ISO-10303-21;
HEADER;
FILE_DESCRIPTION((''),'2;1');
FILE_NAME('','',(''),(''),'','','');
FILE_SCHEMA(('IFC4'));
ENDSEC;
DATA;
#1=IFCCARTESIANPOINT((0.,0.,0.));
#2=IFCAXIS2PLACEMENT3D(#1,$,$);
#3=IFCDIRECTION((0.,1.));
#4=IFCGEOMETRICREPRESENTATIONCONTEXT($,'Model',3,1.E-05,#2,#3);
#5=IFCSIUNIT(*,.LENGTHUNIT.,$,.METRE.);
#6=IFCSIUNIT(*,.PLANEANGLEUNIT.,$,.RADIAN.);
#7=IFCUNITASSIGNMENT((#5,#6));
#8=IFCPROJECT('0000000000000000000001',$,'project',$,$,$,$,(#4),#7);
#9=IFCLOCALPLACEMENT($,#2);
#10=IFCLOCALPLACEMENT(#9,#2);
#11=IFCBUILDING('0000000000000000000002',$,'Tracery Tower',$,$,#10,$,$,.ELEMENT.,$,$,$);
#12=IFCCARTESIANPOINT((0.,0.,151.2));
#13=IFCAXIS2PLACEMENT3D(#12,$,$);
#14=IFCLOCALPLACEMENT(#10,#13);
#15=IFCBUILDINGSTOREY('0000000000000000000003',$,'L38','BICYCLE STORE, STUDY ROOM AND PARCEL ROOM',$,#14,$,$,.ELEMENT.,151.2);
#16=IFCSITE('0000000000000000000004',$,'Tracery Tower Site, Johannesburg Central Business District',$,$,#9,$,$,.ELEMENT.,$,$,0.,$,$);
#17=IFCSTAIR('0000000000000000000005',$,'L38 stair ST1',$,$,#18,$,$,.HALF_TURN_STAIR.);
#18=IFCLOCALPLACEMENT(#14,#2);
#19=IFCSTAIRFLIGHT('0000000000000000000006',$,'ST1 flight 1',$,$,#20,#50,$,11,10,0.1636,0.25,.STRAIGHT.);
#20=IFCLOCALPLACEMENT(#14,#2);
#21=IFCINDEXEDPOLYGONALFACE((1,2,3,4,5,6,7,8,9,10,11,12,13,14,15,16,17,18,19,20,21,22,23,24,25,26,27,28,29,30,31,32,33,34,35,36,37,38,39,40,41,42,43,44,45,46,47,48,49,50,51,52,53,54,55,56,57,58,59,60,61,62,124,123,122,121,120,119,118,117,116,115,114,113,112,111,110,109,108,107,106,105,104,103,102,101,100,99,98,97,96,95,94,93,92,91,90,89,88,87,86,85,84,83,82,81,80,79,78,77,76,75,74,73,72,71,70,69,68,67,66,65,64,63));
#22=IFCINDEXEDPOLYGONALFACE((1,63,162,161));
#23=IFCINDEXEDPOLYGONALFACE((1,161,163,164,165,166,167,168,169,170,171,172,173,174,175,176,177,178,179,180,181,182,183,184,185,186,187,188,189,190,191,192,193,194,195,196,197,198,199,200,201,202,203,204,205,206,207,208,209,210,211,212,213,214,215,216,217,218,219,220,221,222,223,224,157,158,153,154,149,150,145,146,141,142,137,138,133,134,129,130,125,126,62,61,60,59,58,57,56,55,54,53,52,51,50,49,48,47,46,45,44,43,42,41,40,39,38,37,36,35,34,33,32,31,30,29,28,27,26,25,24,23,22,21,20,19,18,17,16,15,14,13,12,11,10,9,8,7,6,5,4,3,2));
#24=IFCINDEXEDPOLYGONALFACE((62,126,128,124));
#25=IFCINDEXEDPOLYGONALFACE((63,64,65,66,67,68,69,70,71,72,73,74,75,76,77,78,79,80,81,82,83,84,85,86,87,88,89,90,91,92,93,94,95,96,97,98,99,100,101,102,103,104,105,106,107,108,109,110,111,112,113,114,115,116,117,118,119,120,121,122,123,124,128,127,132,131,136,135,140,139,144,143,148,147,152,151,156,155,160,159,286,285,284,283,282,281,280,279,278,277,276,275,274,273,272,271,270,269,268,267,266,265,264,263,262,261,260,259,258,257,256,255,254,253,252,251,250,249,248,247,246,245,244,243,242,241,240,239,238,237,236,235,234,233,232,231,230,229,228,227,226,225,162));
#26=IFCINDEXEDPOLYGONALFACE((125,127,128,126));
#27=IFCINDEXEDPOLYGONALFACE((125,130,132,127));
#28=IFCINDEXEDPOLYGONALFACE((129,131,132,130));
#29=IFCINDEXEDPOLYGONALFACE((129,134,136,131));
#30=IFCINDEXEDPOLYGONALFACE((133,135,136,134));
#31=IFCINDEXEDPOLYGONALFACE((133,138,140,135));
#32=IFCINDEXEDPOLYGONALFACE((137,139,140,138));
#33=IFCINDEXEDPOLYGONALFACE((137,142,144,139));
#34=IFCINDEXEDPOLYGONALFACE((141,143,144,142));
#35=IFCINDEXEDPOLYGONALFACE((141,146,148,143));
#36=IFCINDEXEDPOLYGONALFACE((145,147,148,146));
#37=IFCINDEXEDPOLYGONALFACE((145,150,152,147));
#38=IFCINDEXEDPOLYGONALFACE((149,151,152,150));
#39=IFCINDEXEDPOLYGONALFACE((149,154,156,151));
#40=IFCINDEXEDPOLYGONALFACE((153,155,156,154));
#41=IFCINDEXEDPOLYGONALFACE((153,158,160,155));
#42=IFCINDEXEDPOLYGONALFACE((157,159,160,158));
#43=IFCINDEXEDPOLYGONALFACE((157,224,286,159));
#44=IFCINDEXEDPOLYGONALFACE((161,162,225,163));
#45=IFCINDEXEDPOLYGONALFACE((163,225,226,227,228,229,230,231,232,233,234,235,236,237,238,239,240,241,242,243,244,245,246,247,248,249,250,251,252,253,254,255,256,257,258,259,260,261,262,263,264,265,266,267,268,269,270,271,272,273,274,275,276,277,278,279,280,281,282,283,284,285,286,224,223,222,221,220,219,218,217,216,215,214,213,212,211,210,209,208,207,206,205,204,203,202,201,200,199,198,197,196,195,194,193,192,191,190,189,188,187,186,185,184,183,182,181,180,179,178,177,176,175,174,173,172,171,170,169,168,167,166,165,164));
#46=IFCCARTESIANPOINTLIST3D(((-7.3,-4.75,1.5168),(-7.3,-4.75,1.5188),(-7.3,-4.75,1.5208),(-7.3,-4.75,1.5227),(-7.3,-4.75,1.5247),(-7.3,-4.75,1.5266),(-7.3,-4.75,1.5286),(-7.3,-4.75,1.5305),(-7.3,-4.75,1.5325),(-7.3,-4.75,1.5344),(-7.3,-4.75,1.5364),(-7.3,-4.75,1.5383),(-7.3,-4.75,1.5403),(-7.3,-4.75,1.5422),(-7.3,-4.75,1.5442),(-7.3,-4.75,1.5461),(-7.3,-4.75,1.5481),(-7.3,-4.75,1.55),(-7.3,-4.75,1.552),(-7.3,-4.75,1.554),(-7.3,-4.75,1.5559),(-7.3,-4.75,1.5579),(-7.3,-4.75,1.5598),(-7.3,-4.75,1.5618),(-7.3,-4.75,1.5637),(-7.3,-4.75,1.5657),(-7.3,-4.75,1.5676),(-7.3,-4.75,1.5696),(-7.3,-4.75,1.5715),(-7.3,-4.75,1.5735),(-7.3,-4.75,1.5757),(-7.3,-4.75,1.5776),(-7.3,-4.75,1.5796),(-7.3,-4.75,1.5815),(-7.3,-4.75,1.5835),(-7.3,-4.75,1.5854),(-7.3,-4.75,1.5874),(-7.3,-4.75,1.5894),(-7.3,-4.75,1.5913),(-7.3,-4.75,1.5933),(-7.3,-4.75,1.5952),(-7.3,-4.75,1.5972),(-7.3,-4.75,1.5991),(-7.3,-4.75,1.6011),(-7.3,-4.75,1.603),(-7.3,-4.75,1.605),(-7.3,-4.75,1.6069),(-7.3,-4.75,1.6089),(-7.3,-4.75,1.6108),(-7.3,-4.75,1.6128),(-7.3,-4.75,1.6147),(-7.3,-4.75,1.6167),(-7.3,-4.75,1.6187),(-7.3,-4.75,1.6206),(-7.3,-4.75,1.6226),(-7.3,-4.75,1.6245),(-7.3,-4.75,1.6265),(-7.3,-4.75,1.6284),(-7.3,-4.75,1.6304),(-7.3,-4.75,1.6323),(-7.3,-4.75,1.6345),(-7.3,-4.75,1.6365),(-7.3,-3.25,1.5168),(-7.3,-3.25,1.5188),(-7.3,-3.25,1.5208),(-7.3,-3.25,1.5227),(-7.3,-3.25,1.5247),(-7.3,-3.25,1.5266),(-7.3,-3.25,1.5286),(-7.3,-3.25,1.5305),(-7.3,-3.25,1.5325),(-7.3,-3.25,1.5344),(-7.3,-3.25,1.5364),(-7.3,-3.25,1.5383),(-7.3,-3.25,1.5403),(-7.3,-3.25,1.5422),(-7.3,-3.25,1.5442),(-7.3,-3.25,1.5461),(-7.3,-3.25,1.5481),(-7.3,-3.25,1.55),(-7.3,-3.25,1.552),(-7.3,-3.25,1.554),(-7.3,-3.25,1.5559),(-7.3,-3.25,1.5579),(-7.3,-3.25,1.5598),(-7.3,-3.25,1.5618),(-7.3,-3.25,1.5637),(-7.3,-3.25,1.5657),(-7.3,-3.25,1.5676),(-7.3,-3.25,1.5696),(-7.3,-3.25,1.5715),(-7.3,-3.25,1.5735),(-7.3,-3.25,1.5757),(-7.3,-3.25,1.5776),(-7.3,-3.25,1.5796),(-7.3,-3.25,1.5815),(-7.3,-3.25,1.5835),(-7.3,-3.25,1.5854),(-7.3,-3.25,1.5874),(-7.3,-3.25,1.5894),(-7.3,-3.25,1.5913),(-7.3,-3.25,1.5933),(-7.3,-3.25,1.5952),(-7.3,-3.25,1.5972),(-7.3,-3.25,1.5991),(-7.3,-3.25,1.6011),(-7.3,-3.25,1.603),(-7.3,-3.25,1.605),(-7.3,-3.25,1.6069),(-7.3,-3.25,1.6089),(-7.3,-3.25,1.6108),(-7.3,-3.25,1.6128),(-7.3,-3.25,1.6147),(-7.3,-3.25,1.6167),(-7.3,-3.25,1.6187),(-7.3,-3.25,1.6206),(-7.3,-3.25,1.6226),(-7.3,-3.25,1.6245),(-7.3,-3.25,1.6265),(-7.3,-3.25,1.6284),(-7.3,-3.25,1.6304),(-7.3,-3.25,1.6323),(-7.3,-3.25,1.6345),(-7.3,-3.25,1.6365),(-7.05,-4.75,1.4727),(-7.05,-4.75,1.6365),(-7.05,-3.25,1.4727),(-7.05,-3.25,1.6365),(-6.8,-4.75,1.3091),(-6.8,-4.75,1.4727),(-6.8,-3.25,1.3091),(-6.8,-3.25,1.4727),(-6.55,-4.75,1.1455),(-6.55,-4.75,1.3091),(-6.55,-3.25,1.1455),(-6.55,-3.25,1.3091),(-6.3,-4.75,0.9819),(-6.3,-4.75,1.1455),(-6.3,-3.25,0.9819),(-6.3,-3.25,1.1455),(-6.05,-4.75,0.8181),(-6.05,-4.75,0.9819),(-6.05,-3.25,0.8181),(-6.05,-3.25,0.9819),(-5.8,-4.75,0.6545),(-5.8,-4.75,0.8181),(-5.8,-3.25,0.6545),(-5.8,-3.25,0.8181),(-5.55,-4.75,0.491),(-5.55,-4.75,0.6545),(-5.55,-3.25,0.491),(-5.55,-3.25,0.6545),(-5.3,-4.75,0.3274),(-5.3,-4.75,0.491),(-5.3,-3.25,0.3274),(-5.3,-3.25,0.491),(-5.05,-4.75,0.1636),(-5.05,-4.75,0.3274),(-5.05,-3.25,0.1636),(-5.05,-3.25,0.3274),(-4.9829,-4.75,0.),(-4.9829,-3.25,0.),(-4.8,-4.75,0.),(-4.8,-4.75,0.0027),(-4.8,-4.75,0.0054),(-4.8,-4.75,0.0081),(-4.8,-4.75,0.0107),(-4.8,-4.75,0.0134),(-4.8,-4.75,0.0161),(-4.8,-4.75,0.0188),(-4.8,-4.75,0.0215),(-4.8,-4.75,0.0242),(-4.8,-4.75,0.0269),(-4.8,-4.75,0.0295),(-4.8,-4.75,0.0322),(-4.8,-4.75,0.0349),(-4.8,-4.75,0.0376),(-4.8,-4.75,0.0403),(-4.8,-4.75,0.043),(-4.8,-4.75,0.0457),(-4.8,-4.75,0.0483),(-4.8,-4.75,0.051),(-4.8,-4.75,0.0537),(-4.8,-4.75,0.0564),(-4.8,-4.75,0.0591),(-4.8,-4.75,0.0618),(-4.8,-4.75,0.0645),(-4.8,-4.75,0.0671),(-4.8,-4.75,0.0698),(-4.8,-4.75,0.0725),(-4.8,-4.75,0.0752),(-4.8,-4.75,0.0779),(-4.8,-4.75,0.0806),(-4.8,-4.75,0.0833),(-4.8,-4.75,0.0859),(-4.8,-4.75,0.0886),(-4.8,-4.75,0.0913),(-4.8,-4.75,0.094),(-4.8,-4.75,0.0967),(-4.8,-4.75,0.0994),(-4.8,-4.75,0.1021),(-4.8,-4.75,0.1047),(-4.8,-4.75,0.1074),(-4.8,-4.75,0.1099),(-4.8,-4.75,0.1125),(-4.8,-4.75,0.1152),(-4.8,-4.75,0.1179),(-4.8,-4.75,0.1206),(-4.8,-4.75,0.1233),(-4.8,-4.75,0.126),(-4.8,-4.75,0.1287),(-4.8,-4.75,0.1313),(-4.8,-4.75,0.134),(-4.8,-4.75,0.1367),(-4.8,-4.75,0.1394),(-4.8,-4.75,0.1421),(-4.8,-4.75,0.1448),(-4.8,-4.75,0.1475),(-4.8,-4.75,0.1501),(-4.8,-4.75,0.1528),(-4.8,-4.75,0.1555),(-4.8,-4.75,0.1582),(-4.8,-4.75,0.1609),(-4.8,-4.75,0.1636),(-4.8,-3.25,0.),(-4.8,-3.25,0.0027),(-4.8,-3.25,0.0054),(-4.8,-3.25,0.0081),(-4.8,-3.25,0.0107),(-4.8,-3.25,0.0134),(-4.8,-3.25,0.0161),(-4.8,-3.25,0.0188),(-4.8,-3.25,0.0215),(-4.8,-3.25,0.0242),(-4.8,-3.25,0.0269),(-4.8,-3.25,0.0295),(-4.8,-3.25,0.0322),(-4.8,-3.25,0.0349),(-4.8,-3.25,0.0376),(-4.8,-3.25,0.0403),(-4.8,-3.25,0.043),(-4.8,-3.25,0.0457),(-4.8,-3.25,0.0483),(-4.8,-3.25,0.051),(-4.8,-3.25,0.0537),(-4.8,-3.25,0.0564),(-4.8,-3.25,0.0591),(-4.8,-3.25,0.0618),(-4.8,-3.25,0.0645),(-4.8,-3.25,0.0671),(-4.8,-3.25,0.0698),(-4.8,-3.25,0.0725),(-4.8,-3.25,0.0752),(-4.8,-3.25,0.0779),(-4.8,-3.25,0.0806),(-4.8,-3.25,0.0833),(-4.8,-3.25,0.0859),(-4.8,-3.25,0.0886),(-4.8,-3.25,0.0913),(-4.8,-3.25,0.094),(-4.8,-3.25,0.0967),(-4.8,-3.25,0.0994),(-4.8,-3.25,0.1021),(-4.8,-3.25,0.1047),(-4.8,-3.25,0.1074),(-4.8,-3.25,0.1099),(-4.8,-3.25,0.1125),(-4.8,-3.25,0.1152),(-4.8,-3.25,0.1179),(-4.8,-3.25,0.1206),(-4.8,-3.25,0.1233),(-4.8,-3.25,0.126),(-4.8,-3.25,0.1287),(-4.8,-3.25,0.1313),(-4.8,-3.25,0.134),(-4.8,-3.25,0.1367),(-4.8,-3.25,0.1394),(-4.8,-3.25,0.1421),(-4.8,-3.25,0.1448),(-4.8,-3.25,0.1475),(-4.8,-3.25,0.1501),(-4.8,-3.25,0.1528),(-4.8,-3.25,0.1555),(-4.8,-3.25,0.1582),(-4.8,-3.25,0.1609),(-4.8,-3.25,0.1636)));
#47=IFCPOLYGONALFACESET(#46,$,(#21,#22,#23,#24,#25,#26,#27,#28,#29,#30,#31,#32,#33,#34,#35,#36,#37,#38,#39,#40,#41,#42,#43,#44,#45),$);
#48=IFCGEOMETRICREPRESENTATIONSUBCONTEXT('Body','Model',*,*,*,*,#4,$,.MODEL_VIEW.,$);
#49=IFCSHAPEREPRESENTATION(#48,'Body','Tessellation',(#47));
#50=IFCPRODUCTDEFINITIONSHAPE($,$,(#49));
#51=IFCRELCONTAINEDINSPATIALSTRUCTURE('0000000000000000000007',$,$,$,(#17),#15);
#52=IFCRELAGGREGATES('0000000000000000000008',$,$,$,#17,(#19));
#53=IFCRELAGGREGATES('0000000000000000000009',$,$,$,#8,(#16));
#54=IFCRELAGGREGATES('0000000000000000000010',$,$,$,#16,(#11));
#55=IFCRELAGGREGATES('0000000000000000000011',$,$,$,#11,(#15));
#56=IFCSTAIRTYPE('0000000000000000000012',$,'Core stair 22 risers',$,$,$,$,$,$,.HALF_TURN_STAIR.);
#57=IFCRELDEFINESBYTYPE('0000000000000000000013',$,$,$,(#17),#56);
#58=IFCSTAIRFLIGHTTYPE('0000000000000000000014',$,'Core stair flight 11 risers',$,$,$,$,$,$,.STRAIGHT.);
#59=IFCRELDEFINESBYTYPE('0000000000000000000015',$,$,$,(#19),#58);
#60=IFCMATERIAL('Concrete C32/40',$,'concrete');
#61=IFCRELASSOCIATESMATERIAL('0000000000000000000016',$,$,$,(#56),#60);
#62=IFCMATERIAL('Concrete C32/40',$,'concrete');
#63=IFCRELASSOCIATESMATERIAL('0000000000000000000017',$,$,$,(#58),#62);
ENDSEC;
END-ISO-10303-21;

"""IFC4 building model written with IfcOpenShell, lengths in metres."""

from ifc_helpers import new_model, si_unit, direction, frame, origin, place, context, subcontext, project, spatial, polyline, outline, extrude, material, type_object, element, aggregate, save


model = new_model("IFC4")

# Units and contexts
model_context = context("Model", 3, precision=1e-05, world=origin(), true_north=direction((0.0, 1.0)))
body_context = subcontext(model_context, "Body", "Model", "MODEL_VIEW")
ifc_project = project(units=[si_unit("LENGTHUNIT", "METRE"), si_unit("PLANEANGLEUNIT", "RADIAN")], contexts=[model_context])

# Site, building, storey
site_placement = place(None, origin())
site = spatial("IfcSite", under=ifc_project, at=site_placement, Name="Tracery Tower Site, Johannesburg Central Business District", CompositionType="ELEMENT", RefElevation=0.0)
building_placement = place(site_placement, origin())
building = spatial("IfcBuilding", under=site, at=building_placement, Name="Tracery Tower", CompositionType="ELEMENT")
storey_placement = place(building_placement, frame((0.0, 0.0, 151.2)))
storey = spatial("IfcBuildingStorey", under=building, at=storey_placement, Name="L38", Description="BICYCLE STORE, STUDY ROOM AND PARCEL ROOM", CompositionType="ELEMENT", Elevation=151.2)

# Stair, stair flight
ifc_material_1 = material(Name="Concrete C32/40", Category="concrete")
stair_type = type_object("IfcStairType", Name="Core stair 22 risers", PredefinedType="HALF_TURN_STAIR", material=ifc_material_1)
stair_placement = place(storey_placement, origin())
stair = element("IfcStair", 1, at=stair_placement, inside=storey, type_object=stair_type, Name="L38 stair ST1", PredefinedType="HALF_TURN_STAIR")
ifc_material_2 = material(Name="Concrete C32/40", Category="concrete")
stair_flight_type = type_object("IfcStairFlightType", Name="Core stair flight 11 risers", PredefinedType="STRAIGHT", material=ifc_material_2)
stair_flight_1_placement = place(storey_placement, frame((-4.8, -4.0, 0.0), z_axis=(0.0, 0.0, 1.0), x_axis=(-1.0, 0.0, 0.0)))
stair_flight_1 = element("IfcStairFlight", 2, at=stair_flight_1_placement, type_object=stair_flight_type, Name="ST1 flight 1", NumberOfRisers=11, NumberOfTreads=10, PredefinedType="STRAIGHT", RiserHeight=0.1636, TreadLength=0.25, context=body_context, shape_type="SweptSolid", body=[
    extrude(outline(polyline([(0.0, 0.0), (0.0, 0.0027), (0.0, 0.0054), (0.0, 0.0081), (0.0, 0.0107), (0.0, 0.0134), (0.0, 0.0161), (0.0, 0.0188), (0.0, 0.0215), (0.0, 0.0242), (0.0, 0.0269), (0.0, 0.0295), (0.0, 0.0322), (0.0, 0.0349), (0.0, 0.0376), (0.0, 0.0403), (0.0, 0.043), (0.0, 0.0457), (0.0, 0.0483), (0.0, 0.051), (0.0, 0.0537), (0.0, 0.0564), (0.0, 0.0591), (0.0, 0.0618), (0.0, 0.0645), (0.0, 0.0671), (0.0, 0.0698), (0.0, 0.0725), (0.0, 0.0752), (0.0, 0.0779), (0.0, 0.0806), (0.0, 0.0833), (0.0, 0.0859), (0.0, 0.0886), (0.0, 0.0913), (0.0, 0.094), (0.0, 0.0967), (0.0, 0.0994), (0.0, 0.1021), (0.0, 0.1047), (0.0, 0.1074), (0.0, 0.1099), (0.0, 0.1125), (0.0, 0.1152), (0.0, 0.1179), (0.0, 0.1206), (0.0, 0.1233), (0.0, 0.126), (0.0, 0.1287), (0.0, 0.1313), (0.0, 0.134), (0.0, 0.1367), (0.0, 0.1394), (0.0, 0.1421), (0.0, 0.1448), (0.0, 0.1475), (0.0, 0.1501), (0.0, 0.1528), (0.0, 0.1555), (0.0, 0.1582), (0.0, 0.1609), (0.0, 0.1636), (0.25, 0.1636), (0.25, 0.3274), (0.5, 0.3274), (0.5, 0.491), (0.75, 0.491), (0.75, 0.6545), (1.0, 0.6545), (1.0, 0.8181), (1.25, 0.8181), (1.25, 0.9819), (1.5, 0.9819), (1.5, 1.1455), (1.75, 1.1455), (1.75, 1.3091), (2.0, 1.3091), (2.0, 1.4727), (2.25, 1.4727), (2.25, 1.6365), (2.5, 1.6365), (2.5, 1.6345), (2.5, 1.6323), (2.5, 1.6304), (2.5, 1.6284), (2.5, 1.6265), (2.5, 1.6245), (2.5, 1.6226), (2.5, 1.6206), (2.5, 1.6187), (2.5, 1.6167), (2.5, 1.6147), (2.5, 1.6128), (2.5, 1.6108), (2.5, 1.6089), (2.5, 1.6069), (2.5, 1.605), (2.5, 1.603), (2.5, 1.6011), (2.5, 1.5991), (2.5, 1.5972), (2.5, 1.5952), (2.5, 1.5933), (2.5, 1.5913), (2.5, 1.5894), (2.5, 1.5874), (2.5, 1.5854), (2.5, 1.5835), (2.5, 1.5815), (2.5, 1.5796), (2.5, 1.5776), (2.5, 1.5757), (2.5, 1.5735), (2.5, 1.5715), (2.5, 1.5696), (2.5, 1.5676), (2.5, 1.5657), (2.5, 1.5637), (2.5, 1.5618), (2.5, 1.5598), (2.5, 1.5579), (2.5, 1.5559), (2.5, 1.554), (2.5, 1.552), (2.5, 1.55), (2.5, 1.5481), (2.5, 1.5461), (2.5, 1.5442), (2.5, 1.5422), (2.5, 1.5403), (2.5, 1.5383), (2.5, 1.5364), (2.5, 1.5344), (2.5, 1.5325), (2.5, 1.5305), (2.5, 1.5286), (2.5, 1.5266), (2.5, 1.5247), (2.5, 1.5227), (2.5, 1.5208), (2.5, 1.5188), (2.5, 1.5168), (0.1829, 0.0), (0.0, 0.0)])), frame((0.0, 0.75, 0.0), z_axis=(0.0, -1.0, 0.0), x_axis=(1.0, 0.0, 0.0)), (0.0, 0.0, 1.0), 1.5),
])
aggregate(stair, [stair_flight_1])

save(model, "model.ifc")
